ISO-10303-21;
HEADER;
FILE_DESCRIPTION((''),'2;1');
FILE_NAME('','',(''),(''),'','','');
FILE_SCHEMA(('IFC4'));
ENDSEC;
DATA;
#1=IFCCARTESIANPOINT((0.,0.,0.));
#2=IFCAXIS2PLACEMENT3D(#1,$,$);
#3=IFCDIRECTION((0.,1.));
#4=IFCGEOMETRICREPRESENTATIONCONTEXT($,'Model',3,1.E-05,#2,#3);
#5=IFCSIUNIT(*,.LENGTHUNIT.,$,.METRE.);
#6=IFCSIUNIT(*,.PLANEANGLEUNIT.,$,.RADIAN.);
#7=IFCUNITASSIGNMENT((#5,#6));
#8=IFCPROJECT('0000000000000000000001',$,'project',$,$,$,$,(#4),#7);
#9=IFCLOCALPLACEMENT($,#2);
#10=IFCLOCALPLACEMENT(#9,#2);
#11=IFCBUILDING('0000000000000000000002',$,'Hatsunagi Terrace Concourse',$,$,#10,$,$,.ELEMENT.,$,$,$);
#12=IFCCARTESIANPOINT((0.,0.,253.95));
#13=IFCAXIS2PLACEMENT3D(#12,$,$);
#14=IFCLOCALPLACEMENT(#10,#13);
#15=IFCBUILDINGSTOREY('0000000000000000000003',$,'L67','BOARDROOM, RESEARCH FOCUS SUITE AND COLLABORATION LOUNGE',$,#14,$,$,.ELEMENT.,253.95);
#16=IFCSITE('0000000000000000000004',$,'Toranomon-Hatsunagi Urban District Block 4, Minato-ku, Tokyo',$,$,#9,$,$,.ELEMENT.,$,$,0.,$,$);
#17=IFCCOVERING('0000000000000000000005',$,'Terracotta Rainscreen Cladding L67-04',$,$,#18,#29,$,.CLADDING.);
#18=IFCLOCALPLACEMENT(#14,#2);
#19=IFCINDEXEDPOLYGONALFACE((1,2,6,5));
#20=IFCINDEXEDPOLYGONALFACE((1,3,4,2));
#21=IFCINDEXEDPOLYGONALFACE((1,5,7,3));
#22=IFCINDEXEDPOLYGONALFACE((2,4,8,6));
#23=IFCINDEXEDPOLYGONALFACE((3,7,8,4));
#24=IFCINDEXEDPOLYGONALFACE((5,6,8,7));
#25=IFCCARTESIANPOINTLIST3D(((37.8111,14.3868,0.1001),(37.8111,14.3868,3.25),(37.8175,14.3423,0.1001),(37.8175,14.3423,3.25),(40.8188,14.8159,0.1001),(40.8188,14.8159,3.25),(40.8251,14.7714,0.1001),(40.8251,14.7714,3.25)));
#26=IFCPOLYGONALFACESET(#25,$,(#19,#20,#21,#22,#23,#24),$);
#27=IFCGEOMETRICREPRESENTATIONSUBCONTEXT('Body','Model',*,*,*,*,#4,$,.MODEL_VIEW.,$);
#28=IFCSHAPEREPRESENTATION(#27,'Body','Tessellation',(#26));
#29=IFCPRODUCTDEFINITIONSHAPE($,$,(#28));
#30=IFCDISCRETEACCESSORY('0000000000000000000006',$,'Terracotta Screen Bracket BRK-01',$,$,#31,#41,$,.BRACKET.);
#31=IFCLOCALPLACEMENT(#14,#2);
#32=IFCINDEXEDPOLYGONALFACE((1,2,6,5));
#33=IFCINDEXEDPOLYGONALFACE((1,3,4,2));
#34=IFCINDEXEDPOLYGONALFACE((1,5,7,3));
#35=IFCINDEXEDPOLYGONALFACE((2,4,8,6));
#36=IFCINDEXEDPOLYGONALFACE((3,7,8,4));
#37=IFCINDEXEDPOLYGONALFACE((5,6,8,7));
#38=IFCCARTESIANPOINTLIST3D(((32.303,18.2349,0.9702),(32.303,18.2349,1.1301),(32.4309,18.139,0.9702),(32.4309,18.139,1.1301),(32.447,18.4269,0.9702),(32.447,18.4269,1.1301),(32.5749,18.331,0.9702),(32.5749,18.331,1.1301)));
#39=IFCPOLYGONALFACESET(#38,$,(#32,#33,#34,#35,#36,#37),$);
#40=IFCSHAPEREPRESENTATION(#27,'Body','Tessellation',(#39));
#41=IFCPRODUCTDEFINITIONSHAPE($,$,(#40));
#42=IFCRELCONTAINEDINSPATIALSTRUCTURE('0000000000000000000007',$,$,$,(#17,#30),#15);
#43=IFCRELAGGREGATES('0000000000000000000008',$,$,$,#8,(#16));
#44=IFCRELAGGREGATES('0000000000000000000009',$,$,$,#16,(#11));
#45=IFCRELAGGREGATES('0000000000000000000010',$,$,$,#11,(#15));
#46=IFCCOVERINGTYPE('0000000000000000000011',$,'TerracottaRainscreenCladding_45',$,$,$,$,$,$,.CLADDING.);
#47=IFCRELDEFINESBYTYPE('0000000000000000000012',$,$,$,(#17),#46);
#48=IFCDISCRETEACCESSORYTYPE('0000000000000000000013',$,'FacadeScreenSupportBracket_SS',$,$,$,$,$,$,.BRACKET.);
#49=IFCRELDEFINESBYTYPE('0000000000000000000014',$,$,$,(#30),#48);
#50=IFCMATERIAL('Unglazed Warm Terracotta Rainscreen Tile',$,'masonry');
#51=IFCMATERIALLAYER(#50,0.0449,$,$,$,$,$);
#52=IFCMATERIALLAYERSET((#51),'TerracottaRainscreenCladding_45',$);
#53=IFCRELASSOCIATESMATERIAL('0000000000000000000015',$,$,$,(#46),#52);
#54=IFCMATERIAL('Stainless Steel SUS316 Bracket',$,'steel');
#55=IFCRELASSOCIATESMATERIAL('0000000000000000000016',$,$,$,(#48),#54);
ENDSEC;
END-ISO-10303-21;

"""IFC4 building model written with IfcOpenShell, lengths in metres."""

from ifc_helpers import new_model, si_unit, direction, frame, origin, origin_2d, place, context, subcontext, project, spatial, rectangle, extrude, material, layer, layer_set, type_object, element, save


model = new_model("IFC4")

# Units and contexts
model_context = context("Model", 3, precision=1e-05, world=origin(), true_north=direction((0.0, 1.0)))
body_context = subcontext(model_context, "Body", "Model", "MODEL_VIEW")
ifc_project = project(units=[si_unit("LENGTHUNIT", "METRE"), si_unit("PLANEANGLEUNIT", "RADIAN")], contexts=[model_context])

# Site, building, storey
site_placement = place(None, origin())
site = spatial("IfcSite", under=ifc_project, at=site_placement, Name="Toranomon-Hatsunagi Urban District Block 4, Minato-ku, Tokyo", CompositionType="ELEMENT", RefElevation=0.0)
building_placement = place(site_placement, origin())
building = spatial("IfcBuilding", under=site, at=building_placement, Name="Hatsunagi Terrace Concourse", CompositionType="ELEMENT")
storey_placement = place(building_placement, frame((0.0, 0.0, 253.95)))
storey = spatial("IfcBuildingStorey", under=building, at=storey_placement, Name="L67", Description="BOARDROOM, RESEARCH FOCUS SUITE AND COLLABORATION LOUNGE", CompositionType="ELEMENT", Elevation=253.95)

# Covering
ifc_material_1 = material(Name="Unglazed Warm Terracotta Rainscreen Tile", Category="masonry")
ifc_layer_1 = layer(ifc_material_1, 0.0449)
ifc_layer_set_1 = layer_set([ifc_layer_1], Name="TerracottaRainscreenCladding_45")
covering_type = type_object("IfcCoveringType", Name="TerracottaRainscreenCladding_45", PredefinedType="CLADDING", material=ifc_layer_set_1)
covering_placement = place(storey_placement, frame((39.3181, 14.5791, 0.1001), z_axis=(0.0, 0.0, 1.0), x_axis=(-0.989974, -0.14125, 0.0)))
element("IfcCovering", 1, at=covering_placement, inside=storey, type_object=covering_type, Name="Terracotta Rainscreen Cladding L67-04", PredefinedType="CLADDING", context=body_context, shape_type="SweptSolid", body=[
    extrude(rectangle(XDim=3.0381, YDim=0.0449, at=origin_2d()), origin(), (0.0, 0.0, 1.0), 3.1499),
])

# Discrete accessory
ifc_material_2 = material(Name="Stainless Steel SUS316 Bracket", Category="steel")
discrete_accessory_type = type_object("IfcDiscreteAccessoryType", Name="FacadeScreenSupportBracket_SS", PredefinedType="BRACKET", material=ifc_material_2)
discrete_accessory_placement = place(storey_placement, frame((32.439, 18.283, 0.9702), z_axis=(0.0, 0.0, 1.0), x_axis=(-0.800007, 0.59999, 0.0)))
element("IfcDiscreteAccessory", 2, at=discrete_accessory_placement, inside=storey, type_object=discrete_accessory_type, Name="Terracotta Screen Bracket BRK-01", PredefinedType="BRACKET", context=body_context, shape_type="SweptSolid", body=[
    extrude(rectangle(XDim=0.1599, YDim=0.24, at=origin_2d()), origin(), (0.0, 0.0, 1.0), 0.1599),
])

save(model, "model.ifc")
